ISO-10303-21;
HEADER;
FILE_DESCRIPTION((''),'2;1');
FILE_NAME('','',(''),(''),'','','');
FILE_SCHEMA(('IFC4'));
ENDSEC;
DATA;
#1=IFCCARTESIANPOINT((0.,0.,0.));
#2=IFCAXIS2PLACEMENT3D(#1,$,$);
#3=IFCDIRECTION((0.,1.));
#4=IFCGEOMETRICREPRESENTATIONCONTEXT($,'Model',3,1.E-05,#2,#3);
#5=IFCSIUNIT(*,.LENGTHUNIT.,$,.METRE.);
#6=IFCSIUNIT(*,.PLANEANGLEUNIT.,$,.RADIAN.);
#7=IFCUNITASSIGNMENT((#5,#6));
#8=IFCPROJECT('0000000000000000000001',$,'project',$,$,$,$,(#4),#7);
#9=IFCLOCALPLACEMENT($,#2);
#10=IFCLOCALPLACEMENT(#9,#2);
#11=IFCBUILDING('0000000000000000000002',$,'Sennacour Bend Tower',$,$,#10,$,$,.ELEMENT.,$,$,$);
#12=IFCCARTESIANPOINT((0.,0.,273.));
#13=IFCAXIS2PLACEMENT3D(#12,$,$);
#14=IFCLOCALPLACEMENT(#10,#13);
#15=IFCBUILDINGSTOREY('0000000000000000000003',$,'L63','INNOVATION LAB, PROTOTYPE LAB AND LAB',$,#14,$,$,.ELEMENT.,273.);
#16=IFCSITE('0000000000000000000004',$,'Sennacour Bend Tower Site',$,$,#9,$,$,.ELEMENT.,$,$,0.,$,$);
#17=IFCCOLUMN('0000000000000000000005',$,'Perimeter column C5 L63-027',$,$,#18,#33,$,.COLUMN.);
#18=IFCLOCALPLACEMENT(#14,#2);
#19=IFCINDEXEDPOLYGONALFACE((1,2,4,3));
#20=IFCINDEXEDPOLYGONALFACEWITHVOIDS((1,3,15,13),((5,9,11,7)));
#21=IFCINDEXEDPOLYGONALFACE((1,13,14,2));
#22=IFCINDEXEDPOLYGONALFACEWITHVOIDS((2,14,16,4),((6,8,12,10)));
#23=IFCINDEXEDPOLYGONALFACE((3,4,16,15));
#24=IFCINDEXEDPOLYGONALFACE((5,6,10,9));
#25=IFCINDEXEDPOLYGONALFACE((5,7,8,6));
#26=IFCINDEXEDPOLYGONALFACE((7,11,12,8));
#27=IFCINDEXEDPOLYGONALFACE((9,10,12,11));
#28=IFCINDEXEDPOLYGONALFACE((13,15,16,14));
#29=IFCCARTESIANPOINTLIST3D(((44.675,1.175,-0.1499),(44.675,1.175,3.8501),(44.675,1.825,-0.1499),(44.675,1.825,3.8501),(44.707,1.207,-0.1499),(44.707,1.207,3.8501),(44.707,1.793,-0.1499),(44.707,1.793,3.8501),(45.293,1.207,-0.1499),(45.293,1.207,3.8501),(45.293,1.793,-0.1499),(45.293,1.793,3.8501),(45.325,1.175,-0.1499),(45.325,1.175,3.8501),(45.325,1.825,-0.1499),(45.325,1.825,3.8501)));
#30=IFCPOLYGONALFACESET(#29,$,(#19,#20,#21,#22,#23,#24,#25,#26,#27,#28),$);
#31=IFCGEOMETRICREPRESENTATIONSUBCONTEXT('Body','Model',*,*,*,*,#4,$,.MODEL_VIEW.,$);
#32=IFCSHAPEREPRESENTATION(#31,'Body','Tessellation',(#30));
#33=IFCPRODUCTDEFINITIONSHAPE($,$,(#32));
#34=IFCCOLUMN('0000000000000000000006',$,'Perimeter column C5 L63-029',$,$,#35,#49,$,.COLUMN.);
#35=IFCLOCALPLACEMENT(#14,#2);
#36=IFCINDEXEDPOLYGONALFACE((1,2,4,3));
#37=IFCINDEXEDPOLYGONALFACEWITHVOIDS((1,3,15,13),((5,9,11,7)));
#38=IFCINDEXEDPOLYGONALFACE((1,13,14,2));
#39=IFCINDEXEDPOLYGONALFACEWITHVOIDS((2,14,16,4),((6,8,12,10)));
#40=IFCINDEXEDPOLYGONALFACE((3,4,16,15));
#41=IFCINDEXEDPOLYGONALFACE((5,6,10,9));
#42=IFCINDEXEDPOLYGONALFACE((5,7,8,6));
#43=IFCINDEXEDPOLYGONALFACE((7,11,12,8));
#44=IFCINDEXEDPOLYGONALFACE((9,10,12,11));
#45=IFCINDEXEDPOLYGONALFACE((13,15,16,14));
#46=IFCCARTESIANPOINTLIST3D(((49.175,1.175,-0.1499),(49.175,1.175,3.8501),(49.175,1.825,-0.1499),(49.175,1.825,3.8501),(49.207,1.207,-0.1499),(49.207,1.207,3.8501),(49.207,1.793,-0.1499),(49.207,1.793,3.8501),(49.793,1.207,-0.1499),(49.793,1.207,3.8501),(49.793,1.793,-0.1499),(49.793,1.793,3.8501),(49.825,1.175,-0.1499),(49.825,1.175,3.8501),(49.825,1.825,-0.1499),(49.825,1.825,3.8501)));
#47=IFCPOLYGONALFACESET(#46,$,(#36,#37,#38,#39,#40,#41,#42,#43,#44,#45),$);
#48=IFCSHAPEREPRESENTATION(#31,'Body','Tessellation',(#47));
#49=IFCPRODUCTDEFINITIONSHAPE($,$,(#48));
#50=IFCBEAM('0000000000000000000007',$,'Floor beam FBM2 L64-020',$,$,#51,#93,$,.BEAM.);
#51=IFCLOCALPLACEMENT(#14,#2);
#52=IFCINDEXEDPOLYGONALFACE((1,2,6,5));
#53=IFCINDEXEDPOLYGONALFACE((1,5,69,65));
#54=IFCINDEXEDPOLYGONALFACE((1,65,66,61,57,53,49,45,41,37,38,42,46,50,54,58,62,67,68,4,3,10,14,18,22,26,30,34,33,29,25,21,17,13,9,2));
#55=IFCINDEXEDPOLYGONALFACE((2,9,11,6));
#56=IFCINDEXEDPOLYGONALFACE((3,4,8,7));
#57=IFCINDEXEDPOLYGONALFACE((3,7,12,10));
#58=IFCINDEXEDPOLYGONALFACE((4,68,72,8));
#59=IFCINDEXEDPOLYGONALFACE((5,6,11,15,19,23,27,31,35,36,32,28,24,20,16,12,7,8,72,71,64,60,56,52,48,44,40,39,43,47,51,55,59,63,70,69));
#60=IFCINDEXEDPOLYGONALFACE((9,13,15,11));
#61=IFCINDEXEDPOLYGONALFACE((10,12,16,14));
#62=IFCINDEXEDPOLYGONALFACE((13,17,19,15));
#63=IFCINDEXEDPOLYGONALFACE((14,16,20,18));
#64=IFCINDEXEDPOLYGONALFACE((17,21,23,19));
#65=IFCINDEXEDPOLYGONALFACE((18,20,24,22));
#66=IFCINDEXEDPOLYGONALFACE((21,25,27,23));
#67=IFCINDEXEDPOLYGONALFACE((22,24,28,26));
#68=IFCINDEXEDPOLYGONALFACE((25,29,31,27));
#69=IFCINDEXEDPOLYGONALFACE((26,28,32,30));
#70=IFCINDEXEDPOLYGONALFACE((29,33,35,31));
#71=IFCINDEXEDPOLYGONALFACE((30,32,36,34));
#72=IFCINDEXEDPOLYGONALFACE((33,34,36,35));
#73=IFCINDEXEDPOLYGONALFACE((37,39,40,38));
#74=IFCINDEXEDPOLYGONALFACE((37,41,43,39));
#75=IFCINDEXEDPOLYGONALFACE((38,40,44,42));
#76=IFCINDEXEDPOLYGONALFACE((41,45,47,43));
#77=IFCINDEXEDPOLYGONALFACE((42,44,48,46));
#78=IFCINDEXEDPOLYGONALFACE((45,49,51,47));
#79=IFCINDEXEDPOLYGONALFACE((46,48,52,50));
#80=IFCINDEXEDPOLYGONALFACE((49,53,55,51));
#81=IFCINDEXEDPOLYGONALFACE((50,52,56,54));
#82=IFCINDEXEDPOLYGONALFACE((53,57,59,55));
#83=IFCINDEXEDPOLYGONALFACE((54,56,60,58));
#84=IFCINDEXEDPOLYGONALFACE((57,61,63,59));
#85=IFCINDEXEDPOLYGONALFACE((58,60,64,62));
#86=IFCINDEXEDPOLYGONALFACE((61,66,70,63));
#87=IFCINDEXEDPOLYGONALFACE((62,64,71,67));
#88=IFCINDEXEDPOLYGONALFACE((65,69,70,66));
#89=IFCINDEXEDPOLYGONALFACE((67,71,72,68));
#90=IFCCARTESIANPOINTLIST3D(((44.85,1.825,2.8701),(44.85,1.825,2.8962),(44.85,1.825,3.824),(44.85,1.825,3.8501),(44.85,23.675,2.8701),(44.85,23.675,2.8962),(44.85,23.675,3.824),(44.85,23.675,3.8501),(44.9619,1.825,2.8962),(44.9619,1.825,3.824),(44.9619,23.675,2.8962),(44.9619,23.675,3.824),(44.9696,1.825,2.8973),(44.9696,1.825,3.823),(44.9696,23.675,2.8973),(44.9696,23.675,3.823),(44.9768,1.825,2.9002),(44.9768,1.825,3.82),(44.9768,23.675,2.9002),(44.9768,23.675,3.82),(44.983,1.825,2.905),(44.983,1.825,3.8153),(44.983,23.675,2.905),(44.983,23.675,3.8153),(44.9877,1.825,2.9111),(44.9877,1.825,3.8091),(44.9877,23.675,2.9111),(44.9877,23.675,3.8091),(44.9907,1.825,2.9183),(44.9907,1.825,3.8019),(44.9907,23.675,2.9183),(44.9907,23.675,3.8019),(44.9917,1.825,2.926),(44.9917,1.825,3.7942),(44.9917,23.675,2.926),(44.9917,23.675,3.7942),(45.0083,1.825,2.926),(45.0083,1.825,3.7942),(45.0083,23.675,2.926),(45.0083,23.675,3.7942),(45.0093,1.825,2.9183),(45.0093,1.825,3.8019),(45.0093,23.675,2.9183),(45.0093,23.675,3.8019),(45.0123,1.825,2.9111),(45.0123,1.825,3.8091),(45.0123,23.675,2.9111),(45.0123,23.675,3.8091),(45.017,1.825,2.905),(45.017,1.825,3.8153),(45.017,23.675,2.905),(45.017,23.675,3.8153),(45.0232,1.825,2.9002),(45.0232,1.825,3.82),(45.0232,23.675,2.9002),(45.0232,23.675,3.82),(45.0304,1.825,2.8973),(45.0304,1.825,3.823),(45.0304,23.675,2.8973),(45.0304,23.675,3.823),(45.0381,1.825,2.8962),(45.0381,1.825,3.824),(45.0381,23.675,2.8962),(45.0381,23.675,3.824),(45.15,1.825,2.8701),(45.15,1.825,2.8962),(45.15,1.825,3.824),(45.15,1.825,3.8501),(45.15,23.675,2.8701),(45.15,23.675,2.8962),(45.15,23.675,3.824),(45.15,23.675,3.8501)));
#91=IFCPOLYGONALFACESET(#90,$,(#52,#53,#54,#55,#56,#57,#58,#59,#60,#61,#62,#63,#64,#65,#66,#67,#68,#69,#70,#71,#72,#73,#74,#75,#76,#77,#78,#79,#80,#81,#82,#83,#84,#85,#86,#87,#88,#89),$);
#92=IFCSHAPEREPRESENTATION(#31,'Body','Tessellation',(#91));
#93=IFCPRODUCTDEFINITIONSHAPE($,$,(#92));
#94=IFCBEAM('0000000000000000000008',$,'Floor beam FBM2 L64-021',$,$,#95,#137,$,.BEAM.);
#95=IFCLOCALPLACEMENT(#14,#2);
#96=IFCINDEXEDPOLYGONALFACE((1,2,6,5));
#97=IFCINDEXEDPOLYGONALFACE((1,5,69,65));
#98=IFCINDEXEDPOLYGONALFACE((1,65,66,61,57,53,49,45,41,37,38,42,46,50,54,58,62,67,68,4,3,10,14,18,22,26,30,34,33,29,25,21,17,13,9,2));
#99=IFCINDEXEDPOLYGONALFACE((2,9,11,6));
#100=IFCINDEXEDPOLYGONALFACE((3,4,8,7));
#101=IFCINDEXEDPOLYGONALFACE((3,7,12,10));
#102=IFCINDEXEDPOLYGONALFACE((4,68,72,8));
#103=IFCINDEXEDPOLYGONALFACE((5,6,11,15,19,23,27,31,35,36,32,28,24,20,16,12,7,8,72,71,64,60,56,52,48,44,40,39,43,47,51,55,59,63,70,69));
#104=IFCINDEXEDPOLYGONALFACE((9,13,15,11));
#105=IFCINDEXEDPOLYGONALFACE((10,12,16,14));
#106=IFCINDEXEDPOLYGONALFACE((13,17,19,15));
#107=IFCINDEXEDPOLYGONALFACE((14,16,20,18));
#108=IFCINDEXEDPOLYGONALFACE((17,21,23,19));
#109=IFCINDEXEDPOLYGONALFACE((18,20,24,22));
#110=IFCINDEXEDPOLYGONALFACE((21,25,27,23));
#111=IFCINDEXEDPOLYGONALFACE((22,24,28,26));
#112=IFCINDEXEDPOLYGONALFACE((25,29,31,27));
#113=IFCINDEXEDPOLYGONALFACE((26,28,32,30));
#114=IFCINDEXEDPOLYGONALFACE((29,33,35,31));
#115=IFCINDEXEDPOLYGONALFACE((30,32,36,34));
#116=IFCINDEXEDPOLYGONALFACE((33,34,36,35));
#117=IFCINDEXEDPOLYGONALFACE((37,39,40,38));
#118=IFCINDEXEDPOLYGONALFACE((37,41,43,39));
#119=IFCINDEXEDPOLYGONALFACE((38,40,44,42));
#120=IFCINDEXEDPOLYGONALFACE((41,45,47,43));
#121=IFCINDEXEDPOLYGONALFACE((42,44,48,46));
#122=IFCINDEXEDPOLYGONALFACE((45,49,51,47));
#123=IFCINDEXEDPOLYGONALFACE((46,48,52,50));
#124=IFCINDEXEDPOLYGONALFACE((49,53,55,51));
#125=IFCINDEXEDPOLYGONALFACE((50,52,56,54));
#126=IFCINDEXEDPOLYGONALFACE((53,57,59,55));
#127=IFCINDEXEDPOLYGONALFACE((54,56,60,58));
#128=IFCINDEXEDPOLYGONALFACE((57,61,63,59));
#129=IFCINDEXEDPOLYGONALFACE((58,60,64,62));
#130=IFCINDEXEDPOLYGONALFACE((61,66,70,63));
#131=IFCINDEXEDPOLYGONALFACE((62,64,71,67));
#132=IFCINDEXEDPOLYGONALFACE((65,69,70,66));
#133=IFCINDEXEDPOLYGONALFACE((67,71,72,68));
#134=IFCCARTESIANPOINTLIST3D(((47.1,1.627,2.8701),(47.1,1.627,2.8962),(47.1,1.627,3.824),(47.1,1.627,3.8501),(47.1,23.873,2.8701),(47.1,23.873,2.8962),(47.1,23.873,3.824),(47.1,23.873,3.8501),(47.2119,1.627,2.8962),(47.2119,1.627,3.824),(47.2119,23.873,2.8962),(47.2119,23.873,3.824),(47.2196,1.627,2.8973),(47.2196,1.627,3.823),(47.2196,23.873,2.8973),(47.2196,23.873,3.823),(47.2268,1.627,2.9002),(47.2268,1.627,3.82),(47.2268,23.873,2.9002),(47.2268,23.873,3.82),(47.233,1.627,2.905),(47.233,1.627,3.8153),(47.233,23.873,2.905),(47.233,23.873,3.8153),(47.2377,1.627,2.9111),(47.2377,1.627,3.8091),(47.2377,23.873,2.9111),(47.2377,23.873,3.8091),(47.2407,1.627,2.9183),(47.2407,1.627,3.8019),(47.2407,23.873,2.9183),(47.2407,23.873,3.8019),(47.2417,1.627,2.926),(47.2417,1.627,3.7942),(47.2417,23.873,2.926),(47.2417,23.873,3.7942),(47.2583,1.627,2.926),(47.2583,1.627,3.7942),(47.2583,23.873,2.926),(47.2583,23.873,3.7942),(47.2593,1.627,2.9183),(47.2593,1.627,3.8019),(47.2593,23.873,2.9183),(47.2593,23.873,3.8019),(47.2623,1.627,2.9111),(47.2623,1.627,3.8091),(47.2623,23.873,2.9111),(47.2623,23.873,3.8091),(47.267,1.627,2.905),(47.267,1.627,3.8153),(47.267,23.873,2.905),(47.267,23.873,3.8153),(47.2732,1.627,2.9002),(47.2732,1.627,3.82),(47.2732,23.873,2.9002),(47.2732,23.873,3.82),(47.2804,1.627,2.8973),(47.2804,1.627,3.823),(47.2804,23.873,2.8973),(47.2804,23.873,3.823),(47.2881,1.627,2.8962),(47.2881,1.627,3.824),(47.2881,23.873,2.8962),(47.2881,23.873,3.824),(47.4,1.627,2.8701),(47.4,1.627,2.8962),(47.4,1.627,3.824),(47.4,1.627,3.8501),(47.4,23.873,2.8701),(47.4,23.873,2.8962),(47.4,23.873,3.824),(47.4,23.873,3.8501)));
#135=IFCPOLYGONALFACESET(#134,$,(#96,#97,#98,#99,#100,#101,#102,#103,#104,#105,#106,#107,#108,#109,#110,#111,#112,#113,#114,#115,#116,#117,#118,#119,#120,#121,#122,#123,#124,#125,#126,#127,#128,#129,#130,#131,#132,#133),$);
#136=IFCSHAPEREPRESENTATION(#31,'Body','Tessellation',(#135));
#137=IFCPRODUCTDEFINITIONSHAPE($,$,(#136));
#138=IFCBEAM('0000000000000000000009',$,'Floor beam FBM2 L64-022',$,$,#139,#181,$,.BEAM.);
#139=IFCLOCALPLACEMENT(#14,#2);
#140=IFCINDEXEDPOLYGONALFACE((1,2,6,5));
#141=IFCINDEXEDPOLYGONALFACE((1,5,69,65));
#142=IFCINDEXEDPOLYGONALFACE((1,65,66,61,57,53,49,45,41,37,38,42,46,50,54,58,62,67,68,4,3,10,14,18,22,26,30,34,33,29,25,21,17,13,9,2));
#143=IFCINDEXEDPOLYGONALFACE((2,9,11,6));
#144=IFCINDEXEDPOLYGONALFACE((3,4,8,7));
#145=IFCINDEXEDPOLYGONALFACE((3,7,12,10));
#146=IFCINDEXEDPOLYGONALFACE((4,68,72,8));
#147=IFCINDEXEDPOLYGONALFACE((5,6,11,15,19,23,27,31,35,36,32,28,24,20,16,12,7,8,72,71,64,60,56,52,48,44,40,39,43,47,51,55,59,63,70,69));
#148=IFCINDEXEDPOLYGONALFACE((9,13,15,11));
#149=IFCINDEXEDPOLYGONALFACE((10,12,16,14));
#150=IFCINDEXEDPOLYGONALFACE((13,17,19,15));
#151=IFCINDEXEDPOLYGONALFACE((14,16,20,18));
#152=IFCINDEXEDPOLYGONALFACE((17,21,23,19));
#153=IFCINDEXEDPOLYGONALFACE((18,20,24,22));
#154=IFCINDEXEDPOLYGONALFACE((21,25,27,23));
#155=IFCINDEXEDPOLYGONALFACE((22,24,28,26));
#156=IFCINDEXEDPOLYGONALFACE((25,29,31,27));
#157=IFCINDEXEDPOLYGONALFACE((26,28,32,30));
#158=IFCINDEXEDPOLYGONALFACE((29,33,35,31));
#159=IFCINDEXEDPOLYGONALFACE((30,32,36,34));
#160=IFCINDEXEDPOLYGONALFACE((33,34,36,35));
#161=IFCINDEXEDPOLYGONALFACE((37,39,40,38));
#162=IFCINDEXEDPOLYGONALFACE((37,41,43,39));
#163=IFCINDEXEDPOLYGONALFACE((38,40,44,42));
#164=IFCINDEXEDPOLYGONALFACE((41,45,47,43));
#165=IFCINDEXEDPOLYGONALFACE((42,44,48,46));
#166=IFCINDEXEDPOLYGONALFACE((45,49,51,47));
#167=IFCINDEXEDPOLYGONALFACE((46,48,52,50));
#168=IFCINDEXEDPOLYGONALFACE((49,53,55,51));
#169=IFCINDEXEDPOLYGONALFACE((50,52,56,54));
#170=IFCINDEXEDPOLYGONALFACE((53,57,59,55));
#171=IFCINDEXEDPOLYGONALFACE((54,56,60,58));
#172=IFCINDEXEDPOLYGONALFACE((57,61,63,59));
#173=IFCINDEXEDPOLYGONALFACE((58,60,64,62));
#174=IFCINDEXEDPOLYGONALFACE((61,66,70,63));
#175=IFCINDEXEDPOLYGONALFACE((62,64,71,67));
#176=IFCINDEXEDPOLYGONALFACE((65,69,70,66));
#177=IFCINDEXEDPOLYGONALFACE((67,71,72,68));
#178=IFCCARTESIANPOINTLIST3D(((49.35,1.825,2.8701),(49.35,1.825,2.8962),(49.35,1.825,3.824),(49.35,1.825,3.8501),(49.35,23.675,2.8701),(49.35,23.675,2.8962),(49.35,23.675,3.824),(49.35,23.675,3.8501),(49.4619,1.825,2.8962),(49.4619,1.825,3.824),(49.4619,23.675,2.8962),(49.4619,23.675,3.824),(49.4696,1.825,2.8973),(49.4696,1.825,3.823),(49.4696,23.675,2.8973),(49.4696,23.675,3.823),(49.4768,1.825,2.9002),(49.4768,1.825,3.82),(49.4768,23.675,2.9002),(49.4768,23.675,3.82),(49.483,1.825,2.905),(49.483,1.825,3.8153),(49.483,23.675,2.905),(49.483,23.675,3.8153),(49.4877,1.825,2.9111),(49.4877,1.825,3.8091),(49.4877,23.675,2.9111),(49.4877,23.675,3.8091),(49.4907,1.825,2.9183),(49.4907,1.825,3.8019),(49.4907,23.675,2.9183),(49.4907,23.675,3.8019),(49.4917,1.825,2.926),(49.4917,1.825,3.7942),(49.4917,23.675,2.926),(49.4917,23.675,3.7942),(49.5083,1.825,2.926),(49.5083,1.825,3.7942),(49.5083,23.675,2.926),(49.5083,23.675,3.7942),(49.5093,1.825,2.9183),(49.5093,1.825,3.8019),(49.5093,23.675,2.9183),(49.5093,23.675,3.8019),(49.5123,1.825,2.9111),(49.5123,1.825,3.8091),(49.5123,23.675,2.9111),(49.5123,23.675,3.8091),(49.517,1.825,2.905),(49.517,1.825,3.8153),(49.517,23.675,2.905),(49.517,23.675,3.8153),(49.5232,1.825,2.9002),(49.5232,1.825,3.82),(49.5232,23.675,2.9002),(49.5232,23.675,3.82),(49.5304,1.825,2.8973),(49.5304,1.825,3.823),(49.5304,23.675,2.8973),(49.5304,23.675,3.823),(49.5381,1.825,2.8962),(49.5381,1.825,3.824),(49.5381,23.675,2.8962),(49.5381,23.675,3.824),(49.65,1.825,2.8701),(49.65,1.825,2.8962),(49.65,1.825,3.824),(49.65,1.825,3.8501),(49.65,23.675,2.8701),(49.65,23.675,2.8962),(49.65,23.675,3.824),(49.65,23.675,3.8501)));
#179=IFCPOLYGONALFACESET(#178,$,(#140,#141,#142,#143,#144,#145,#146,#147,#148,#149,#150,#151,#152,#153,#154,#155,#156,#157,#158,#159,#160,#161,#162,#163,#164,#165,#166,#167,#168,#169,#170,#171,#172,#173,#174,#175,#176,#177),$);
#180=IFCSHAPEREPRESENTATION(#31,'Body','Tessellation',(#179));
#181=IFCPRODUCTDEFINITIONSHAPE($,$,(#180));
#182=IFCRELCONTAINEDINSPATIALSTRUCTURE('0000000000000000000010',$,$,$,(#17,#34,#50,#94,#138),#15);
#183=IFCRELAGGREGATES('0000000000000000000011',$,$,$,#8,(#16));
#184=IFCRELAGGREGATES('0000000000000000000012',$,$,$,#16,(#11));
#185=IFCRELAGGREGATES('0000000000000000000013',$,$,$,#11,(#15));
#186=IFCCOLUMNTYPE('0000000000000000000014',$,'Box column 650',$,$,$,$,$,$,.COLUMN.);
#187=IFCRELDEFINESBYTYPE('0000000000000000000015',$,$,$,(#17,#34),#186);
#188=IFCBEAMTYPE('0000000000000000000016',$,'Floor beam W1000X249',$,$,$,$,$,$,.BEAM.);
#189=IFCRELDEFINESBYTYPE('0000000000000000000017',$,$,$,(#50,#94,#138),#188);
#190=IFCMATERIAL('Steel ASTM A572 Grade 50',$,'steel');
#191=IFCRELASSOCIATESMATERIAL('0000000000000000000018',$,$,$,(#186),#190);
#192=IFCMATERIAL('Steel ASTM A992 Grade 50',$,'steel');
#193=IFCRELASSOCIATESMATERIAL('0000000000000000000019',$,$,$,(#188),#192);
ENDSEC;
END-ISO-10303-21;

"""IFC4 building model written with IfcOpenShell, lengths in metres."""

from ifc_helpers import new_model, si_unit, direction, frame, origin, origin_2d, place, context, subcontext, project, spatial, hollow_rectangle, i_section, extrude, material, material_profile, profile_set, type_object, element, save


model = new_model("IFC4")

# Units and contexts
model_context = context("Model", 3, precision=1e-05, world=origin(), true_north=direction((0.0, 1.0)))
body_context = subcontext(model_context, "Body", "Model", "MODEL_VIEW")
ifc_project = project(units=[si_unit("LENGTHUNIT", "METRE"), si_unit("PLANEANGLEUNIT", "RADIAN")], contexts=[model_context])

# Site, building, storey
site_placement = place(None, origin())
site = spatial("IfcSite", under=ifc_project, at=site_placement, Name="Sennacour Bend Tower Site", CompositionType="ELEMENT", RefElevation=0.0)
building_placement = place(site_placement, origin())
building = spatial("IfcBuilding", under=site, at=building_placement, Name="Sennacour Bend Tower", CompositionType="ELEMENT")
storey_placement = place(building_placement, frame((0.0, 0.0, 273.0)))
storey = spatial("IfcBuildingStorey", under=building, at=storey_placement, Name="L63", Description="INNOVATION LAB, PROTOTYPE LAB AND LAB", CompositionType="ELEMENT", Elevation=273.0)

# Columns
ifc_material_1 = material(Name="Steel ASTM A572 Grade 50", Category="steel")
ifc_material_profile_1 = material_profile(ifc_material_1, hollow_rectangle(XDim=0.6499, YDim=0.6499, WallThickness=0.032, at=origin_2d()), Name="Steel ASTM A572 Grade 50", Category="steel")
ifc_profile_set_1 = profile_set([ifc_material_profile_1], Name="Steel ASTM A572 Grade 50")
column_type = type_object("IfcColumnType", Name="Box column 650", PredefinedType="COLUMN", material=ifc_profile_set_1)
for number, where, z_axis, x_axis, name in (
    (1, (45.0, 1.5, -0.1499), (0.0, 0.0, 1.0), (1.0, 0.0, 0.0), "Perimeter column C5 L63-027"),
    (2, (49.5, 1.5, -0.1499), (0.0, 0.0, 1.0), (1.0, 0.0, 0.0), "Perimeter column C5 L63-029"),
):
    element("IfcColumn", number, at=place(storey_placement, frame(where, z_axis=z_axis, x_axis=x_axis)), inside=storey, type_object=column_type, Name=name, PredefinedType="COLUMN", context=body_context, shape_type="SweptSolid", body=[
        extrude(hollow_rectangle(XDim=0.6499, YDim=0.6499, WallThickness=0.032, at=origin_2d()), origin(), (0.0, 0.0, 1.0), 4.0),
    ])

# Beams
ifc_material_2 = material(Name="Steel ASTM A992 Grade 50", Category="steel")
ifc_material_profile_2 = material_profile(ifc_material_2, i_section(OverallWidth=0.3, OverallDepth=0.98, WebThickness=0.0166, FlangeThickness=0.0261, FilletRadius=0.0298, at=origin_2d()), Name="Steel ASTM A992 Grade 50", Category="steel")
ifc_profile_set_2 = profile_set([ifc_material_profile_2], Name="Steel ASTM A992 Grade 50")
beam_type_1 = type_object("IfcBeamType", Name="Floor beam W1000X249", PredefinedType="BEAM", material=ifc_profile_set_2)
beam_1_placement = place(storey_placement, frame((45.0, 1.825, 3.3601), z_axis=(0.0, 1.0, 0.0), x_axis=(-1.0, 0.0, 0.0)))
element("IfcBeam", 3, at=beam_1_placement, inside=storey, type_object=beam_type_1, Name="Floor beam FBM2 L64-020", PredefinedType="BEAM", context=body_context, shape_type="SweptSolid", body=[
    extrude(i_section(OverallWidth=0.3, OverallDepth=0.98, WebThickness=0.0166, FlangeThickness=0.0261, FilletRadius=0.0298, at=origin_2d()), origin(), (0.0, 0.0, 1.0), 21.8501),
])
beam_2_placement = place(storey_placement, frame((47.25, 1.627, 3.3601), z_axis=(0.0, 1.0, 0.0), x_axis=(-1.0, 0.0, 0.0)))
element("IfcBeam", 4, at=beam_2_placement, inside=storey, type_object=beam_type_1, Name="Floor beam FBM2 L64-021", PredefinedType="BEAM", context=body_context, shape_type="SweptSolid", body=[
    extrude(i_section(OverallWidth=0.3, OverallDepth=0.98, WebThickness=0.0166, FlangeThickness=0.0261, FilletRadius=0.0298, at=origin_2d()), origin(), (0.0, 0.0, 1.0), 22.2461),
])
beam_3_placement = place(storey_placement, frame((49.5, 1.825, 3.3601), z_axis=(0.0, 1.0, 0.0), x_axis=(-1.0, 0.0, 0.0)))
element("IfcBeam", 5, at=beam_3_placement, inside=storey, type_object=beam_type_1, Name="Floor beam FBM2 L64-022", PredefinedType="BEAM", context=body_context, shape_type="SweptSolid", body=[
    extrude(i_section(OverallWidth=0.3, OverallDepth=0.98, WebThickness=0.0166, FlangeThickness=0.0261, FilletRadius=0.0298, at=origin_2d()), origin(), (0.0, 0.0, 1.0), 21.8501),
])

save(model, "model.ifc")
